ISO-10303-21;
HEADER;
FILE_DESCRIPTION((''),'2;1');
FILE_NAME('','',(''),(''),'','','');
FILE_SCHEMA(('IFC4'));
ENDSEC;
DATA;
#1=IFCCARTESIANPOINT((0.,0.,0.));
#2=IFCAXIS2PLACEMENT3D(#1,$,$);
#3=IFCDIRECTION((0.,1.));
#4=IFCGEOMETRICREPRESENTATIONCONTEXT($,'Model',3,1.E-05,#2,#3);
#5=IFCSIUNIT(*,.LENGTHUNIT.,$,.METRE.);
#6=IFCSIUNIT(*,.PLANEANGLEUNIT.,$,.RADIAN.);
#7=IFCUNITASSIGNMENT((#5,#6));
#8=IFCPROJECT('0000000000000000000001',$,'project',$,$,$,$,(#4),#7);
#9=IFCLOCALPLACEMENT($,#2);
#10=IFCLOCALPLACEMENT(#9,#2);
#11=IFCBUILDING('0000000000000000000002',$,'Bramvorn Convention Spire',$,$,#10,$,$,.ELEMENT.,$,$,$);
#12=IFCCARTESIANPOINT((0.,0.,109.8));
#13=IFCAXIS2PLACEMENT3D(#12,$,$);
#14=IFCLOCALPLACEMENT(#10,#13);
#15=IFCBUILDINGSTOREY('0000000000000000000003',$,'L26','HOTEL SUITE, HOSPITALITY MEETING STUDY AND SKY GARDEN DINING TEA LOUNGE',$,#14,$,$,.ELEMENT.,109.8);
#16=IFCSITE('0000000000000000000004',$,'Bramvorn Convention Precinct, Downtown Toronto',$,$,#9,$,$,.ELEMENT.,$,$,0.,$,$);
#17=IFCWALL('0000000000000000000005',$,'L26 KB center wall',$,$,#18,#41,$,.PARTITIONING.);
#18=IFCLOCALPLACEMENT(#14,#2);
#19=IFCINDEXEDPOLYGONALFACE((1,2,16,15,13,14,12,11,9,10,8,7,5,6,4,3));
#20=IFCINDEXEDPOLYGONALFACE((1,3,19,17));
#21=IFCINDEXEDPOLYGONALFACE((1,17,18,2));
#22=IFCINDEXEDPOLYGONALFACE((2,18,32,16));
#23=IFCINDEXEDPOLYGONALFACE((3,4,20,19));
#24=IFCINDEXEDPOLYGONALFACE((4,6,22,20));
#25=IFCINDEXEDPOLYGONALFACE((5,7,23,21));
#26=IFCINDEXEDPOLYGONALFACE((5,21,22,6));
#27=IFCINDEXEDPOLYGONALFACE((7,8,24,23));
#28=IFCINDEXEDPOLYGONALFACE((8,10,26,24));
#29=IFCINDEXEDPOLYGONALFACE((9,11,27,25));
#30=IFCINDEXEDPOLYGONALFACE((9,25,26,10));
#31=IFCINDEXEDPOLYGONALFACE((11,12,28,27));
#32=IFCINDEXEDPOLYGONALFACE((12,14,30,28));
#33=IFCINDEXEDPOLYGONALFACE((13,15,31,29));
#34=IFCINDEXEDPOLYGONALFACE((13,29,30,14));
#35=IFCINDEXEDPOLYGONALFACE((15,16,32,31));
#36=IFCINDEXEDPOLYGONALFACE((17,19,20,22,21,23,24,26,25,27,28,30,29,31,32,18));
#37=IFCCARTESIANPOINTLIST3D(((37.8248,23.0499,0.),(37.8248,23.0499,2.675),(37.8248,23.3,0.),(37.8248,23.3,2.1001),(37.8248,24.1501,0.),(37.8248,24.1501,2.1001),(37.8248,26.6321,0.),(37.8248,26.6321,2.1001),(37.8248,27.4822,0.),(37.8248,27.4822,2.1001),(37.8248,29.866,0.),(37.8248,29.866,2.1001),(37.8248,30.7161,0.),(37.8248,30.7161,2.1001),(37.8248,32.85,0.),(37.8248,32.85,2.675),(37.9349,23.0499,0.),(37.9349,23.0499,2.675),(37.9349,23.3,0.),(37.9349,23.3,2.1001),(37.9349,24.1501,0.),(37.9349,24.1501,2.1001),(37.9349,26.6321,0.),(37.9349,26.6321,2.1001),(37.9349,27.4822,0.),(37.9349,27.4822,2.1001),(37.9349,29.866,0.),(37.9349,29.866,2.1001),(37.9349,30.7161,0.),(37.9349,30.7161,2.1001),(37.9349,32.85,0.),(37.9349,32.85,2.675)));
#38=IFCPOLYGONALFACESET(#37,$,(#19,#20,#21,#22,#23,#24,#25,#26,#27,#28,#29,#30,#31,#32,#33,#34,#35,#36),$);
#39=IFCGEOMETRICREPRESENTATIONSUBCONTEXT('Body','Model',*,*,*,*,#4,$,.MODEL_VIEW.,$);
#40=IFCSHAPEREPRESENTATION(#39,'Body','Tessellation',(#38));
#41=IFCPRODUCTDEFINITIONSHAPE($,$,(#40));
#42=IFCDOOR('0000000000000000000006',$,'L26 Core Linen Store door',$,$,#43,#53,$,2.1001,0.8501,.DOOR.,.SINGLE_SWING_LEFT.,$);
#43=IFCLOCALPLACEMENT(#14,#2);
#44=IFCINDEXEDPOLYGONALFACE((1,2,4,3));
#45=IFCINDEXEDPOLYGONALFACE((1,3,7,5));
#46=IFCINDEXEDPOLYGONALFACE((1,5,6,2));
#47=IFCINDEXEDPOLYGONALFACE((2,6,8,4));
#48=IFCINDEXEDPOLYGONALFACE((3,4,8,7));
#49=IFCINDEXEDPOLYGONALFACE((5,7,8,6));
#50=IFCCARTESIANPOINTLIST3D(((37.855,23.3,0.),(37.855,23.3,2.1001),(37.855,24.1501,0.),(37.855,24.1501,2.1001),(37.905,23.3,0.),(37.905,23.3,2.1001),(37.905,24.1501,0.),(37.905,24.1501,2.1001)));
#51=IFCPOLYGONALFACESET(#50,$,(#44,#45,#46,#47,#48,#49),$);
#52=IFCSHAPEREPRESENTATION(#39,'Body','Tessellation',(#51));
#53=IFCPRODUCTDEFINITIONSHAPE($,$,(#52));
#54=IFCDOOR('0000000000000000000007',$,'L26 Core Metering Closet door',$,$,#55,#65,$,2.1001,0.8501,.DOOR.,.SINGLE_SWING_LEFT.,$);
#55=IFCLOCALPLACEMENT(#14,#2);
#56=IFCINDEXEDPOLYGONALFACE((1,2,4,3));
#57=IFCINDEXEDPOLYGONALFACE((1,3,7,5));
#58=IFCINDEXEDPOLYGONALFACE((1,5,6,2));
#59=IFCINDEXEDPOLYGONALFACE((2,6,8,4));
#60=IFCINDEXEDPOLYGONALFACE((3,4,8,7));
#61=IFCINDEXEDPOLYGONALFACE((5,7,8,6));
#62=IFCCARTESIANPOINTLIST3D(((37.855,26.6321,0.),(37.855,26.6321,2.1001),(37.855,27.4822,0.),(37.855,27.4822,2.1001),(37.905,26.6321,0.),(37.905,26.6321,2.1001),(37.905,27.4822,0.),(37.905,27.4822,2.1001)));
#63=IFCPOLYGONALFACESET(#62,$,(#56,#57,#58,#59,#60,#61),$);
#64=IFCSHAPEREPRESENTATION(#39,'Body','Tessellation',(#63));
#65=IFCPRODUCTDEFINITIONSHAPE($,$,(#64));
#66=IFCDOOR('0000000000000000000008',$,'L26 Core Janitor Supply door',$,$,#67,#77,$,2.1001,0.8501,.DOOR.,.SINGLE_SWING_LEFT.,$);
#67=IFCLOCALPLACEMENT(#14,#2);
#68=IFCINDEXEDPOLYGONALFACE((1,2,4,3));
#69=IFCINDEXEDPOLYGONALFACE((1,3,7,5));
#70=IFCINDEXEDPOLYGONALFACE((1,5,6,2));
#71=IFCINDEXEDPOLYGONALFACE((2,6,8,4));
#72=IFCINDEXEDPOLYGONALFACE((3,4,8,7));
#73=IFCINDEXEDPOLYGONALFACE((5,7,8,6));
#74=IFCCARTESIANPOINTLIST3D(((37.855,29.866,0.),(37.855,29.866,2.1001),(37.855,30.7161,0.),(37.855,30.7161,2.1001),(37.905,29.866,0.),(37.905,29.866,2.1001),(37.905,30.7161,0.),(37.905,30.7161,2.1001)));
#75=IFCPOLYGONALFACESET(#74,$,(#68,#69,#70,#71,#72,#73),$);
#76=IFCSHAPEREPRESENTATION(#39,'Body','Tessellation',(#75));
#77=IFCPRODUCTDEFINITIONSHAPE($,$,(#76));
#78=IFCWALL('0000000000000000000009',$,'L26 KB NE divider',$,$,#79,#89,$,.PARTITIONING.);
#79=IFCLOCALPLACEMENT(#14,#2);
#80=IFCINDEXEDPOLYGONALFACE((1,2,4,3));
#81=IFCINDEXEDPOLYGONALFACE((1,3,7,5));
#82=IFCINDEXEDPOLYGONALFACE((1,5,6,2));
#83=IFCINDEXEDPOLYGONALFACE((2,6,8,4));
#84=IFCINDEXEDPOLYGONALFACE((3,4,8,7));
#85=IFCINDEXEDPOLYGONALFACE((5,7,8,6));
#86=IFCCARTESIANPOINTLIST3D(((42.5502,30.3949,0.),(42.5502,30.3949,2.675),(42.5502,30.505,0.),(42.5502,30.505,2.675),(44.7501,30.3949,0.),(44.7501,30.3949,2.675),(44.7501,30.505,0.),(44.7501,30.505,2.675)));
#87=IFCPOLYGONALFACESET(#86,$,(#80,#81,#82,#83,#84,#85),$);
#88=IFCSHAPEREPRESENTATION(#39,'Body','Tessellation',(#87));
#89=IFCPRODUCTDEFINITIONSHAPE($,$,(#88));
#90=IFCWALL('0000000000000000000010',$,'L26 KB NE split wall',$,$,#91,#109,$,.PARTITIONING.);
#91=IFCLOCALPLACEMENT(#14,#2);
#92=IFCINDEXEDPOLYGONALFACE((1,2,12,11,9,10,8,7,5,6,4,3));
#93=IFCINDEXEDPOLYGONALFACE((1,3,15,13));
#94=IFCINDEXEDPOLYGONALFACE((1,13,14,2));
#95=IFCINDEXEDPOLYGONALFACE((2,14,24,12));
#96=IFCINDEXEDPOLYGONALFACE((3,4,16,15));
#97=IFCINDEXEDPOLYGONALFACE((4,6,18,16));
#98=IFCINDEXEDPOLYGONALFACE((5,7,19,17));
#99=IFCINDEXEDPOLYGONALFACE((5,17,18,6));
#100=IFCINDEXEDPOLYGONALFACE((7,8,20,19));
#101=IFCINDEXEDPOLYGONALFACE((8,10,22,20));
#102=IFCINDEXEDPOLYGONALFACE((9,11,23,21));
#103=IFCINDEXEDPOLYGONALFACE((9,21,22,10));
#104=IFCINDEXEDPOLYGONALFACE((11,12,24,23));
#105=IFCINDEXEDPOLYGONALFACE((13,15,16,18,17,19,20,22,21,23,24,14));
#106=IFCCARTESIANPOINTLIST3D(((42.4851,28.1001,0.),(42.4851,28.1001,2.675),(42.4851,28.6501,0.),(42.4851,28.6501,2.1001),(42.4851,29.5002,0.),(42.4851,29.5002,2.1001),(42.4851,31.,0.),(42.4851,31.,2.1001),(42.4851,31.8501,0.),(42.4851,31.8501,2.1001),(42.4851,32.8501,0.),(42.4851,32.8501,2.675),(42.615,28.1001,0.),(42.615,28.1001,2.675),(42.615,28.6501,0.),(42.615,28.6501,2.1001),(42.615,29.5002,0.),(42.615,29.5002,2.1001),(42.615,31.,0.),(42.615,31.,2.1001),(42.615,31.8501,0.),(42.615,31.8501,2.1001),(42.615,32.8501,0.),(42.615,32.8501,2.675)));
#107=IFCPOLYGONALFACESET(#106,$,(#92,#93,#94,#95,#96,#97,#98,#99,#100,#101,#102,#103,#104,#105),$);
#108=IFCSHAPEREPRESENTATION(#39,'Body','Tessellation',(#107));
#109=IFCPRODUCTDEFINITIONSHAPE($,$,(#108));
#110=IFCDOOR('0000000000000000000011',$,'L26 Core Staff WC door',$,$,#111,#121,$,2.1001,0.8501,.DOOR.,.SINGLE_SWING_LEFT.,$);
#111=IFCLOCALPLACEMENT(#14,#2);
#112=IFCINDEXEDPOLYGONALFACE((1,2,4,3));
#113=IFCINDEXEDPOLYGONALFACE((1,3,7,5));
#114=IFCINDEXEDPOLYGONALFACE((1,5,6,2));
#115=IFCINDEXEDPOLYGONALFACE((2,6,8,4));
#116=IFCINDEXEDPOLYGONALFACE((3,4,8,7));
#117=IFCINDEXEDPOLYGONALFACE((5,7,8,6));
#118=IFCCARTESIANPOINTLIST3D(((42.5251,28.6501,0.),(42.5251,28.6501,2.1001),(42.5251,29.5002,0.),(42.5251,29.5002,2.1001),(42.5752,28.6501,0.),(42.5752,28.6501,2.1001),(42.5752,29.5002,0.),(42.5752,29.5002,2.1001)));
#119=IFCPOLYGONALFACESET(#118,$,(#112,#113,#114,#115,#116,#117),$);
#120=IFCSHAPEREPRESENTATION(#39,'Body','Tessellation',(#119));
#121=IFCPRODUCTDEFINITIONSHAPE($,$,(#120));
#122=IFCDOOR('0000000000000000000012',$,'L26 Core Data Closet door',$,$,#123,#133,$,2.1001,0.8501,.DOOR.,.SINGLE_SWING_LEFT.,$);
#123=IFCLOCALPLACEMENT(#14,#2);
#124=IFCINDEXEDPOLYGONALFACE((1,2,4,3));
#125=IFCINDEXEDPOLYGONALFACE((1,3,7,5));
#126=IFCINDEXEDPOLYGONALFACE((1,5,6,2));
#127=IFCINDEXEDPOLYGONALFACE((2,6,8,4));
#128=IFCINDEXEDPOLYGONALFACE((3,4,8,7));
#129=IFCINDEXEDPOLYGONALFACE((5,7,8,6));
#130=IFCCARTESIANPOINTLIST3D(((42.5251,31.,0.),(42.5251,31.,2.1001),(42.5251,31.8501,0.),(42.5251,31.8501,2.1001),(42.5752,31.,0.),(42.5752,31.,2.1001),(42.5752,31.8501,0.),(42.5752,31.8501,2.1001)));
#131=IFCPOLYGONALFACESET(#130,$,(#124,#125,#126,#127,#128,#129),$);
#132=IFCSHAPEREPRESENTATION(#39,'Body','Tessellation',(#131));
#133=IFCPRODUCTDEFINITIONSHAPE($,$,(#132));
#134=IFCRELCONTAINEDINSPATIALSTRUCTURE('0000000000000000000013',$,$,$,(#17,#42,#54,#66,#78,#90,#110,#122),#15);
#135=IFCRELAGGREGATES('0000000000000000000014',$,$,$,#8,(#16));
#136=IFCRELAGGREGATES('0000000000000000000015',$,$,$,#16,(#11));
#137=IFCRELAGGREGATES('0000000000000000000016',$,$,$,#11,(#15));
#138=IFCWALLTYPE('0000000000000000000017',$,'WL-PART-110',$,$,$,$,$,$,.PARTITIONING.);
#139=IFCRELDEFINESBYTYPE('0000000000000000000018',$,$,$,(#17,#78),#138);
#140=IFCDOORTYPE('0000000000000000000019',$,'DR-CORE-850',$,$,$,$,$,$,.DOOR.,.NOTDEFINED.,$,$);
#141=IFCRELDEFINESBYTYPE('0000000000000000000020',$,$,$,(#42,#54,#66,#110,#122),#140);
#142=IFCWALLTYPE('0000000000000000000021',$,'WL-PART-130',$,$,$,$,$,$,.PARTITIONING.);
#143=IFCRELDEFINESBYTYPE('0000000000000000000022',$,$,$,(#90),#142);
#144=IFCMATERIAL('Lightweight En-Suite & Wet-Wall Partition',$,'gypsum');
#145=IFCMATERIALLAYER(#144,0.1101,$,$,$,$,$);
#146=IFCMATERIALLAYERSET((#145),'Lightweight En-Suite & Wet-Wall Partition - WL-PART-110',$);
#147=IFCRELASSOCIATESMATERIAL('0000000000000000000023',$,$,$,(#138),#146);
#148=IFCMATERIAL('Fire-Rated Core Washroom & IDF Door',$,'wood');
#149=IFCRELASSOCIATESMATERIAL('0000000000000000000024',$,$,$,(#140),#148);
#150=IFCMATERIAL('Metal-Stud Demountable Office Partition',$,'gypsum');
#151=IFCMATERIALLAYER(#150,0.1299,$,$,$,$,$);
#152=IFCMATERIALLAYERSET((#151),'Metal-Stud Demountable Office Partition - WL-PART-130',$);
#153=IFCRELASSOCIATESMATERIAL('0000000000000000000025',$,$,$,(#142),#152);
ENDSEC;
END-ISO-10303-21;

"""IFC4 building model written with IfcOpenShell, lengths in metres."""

from ifc_helpers import new_model, si_unit, direction, frame, frame_2d, origin, place, context, subcontext, project, spatial, rectangle, extrude, material, layer, layer_set, type_object, element, fill, save


model = new_model("IFC4")

# Units and contexts
model_context = context("Model", 3, precision=1e-05, world=origin(), true_north=direction((0.0, 1.0)))
body_context = subcontext(model_context, "Body", "Model", "MODEL_VIEW")
ifc_project = project(units=[si_unit("LENGTHUNIT", "METRE"), si_unit("PLANEANGLEUNIT", "RADIAN")], contexts=[model_context])

# Site, building, storey
site_placement = place(None, origin())
site = spatial("IfcSite", under=ifc_project, at=site_placement, Name="Bramvorn Convention Precinct, Downtown Toronto", CompositionType="ELEMENT", RefElevation=0.0)
building_placement = place(site_placement, origin())
building = spatial("IfcBuilding", under=site, at=building_placement, Name="Bramvorn Convention Spire", CompositionType="ELEMENT")
storey_placement = place(building_placement, frame((0.0, 0.0, 109.8)))
storey = spatial("IfcBuildingStorey", under=building, at=storey_placement, Name="L26", Description="HOTEL SUITE, HOSPITALITY MEETING STUDY AND SKY GARDEN DINING TEA LOUNGE", CompositionType="ELEMENT", Elevation=109.8)

# Wall, openings, doors
ifc_material_1 = material(Name="Lightweight En-Suite & Wet-Wall Partition", Category="gypsum")
ifc_layer_1 = layer(ifc_material_1, 0.1101)
ifc_layer_set_1 = layer_set([ifc_layer_1], Name="Lightweight En-Suite & Wet-Wall Partition - WL-PART-110")
wall_type_1 = type_object("IfcWallType", Name="WL-PART-110", PredefinedType="PARTITIONING", material=ifc_layer_set_1)
wall_1_placement = place(storey_placement, frame((37.8799, 23.05, 0.0), z_axis=(0.0, 0.0, 1.0), x_axis=(0.0, 1.0, 0.0)))
wall_1 = element("IfcWall", 1, at=wall_1_placement, inside=storey, type_object=wall_type_1, Name="L26 KB center wall", PredefinedType="PARTITIONING", context=body_context, shape_type="SweptSolid", body=[
    extrude(rectangle(XDim=9.8, YDim=0.1101, at=frame_2d((4.8999, 0.0))), origin(), (0.0, 0.0, 1.0), 2.675),
])
opening_1_placement = place(wall_1_placement, frame((0.25, 0.0, 0.0)))
opening_1 = element("IfcOpeningElement", 2, at=opening_1_placement, cuts=wall_1, PredefinedType="OPENING", context=body_context, shape_type="SweptSolid", body=[
    extrude(rectangle(XDim=0.8501, YDim=2.1001, at=frame_2d((0.425, 1.05))), frame((0.0, 0.0649, 0.0), z_axis=(0.0, -1.0, 0.0), x_axis=(1.0, 0.0, 0.0)), (0.0, 0.0, 1.0), 0.1301),
])
opening_2_placement = place(wall_1_placement, frame((3.582, 0.0, 0.0)))
opening_2 = element("IfcOpeningElement", 3, at=opening_2_placement, cuts=wall_1, PredefinedType="OPENING", context=body_context, shape_type="SweptSolid", body=[
    extrude(rectangle(XDim=0.8501, YDim=2.1001, at=frame_2d((0.425, 1.05))), frame((0.0, 0.0649, 0.0), z_axis=(0.0, -1.0, 0.0), x_axis=(1.0, 0.0, 0.0)), (0.0, 0.0, 1.0), 0.1301),
])
opening_3_placement = place(wall_1_placement, frame((6.8159, 0.0, 0.0)))
opening_3 = element("IfcOpeningElement", 4, at=opening_3_placement, cuts=wall_1, PredefinedType="OPENING", context=body_context, shape_type="SweptSolid", body=[
    extrude(rectangle(XDim=0.8501, YDim=2.1001, at=frame_2d((0.425, 1.05))), frame((0.0, 0.0649, 0.0), z_axis=(0.0, -1.0, 0.0), x_axis=(1.0, 0.0, 0.0)), (0.0, 0.0, 1.0), 0.1301),
])
ifc_material_2 = material(Name="Fire-Rated Core Washroom & IDF Door", Category="wood")
door_type_1 = type_object("IfcDoorType", Name="DR-CORE-850", OperationType="NOTDEFINED", PredefinedType="DOOR", material=ifc_material_2)
door_1_placement = place(opening_1_placement, origin())
door_1 = element("IfcDoor", 5, at=door_1_placement, inside=storey, type_object=door_type_1, Name="L26 Core Linen Store door", OperationType="SINGLE_SWING_LEFT", OverallHeight=2.1001, OverallWidth=0.8501, PredefinedType="DOOR", context=body_context, shape_type="SweptSolid", body=[
    extrude(rectangle(XDim=0.8501, YDim=2.1001, at=frame_2d((0.425, 1.05))), frame((0.0, 0.0249, 0.0), z_axis=(0.0, -1.0, 0.0), x_axis=(1.0, 0.0, 0.0)), (0.0, 0.0, 1.0), 0.05),
])
fill(opening_1, door_1)
door_2_placement = place(opening_2_placement, origin())
door_2 = element("IfcDoor", 6, at=door_2_placement, inside=storey, type_object=door_type_1, Name="L26 Core Metering Closet door", OperationType="SINGLE_SWING_LEFT", OverallHeight=2.1001, OverallWidth=0.8501, PredefinedType="DOOR", context=body_context, shape_type="SweptSolid", body=[
    extrude(rectangle(XDim=0.8501, YDim=2.1001, at=frame_2d((0.425, 1.05))), frame((0.0, 0.0249, 0.0), z_axis=(0.0, -1.0, 0.0), x_axis=(1.0, 0.0, 0.0)), (0.0, 0.0, 1.0), 0.05),
])
fill(opening_2, door_2)
door_3_placement = place(opening_3_placement, origin())
door_3 = element("IfcDoor", 7, at=door_3_placement, inside=storey, type_object=door_type_1, Name="L26 Core Janitor Supply door", OperationType="SINGLE_SWING_LEFT", OverallHeight=2.1001, OverallWidth=0.8501, PredefinedType="DOOR", context=body_context, shape_type="SweptSolid", body=[
    extrude(rectangle(XDim=0.8501, YDim=2.1001, at=frame_2d((0.425, 1.05))), frame((0.0, 0.0249, 0.0), z_axis=(0.0, -1.0, 0.0), x_axis=(1.0, 0.0, 0.0)), (0.0, 0.0, 1.0), 0.05),
])
fill(opening_3, door_3)

# Wall
wall_2_placement = place(storey_placement, frame((42.55, 30.45, 0.0), z_axis=(0.0, 0.0, 1.0), x_axis=(1.0, 0.0, 0.0)))
element("IfcWall", 8, at=wall_2_placement, inside=storey, type_object=wall_type_1, Name="L26 KB NE divider", PredefinedType="PARTITIONING", context=body_context, shape_type="SweptSolid", body=[
    extrude(rectangle(XDim=2.2, YDim=0.1101, at=frame_2d((1.1001, 0.0))), origin(), (0.0, 0.0, 1.0), 2.675),
])

# Wall, openings, doors
ifc_material_3 = material(Name="Metal-Stud Demountable Office Partition", Category="gypsum")
ifc_layer_2 = layer(ifc_material_3, 0.1299)
ifc_layer_set_2 = layer_set([ifc_layer_2], Name="Metal-Stud Demountable Office Partition - WL-PART-130")
wall_type_2 = type_object("IfcWallType", Name="WL-PART-130", PredefinedType="PARTITIONING", material=ifc_layer_set_2)
wall_3_placement = place(storey_placement, frame((42.55, 28.1001, 0.0), z_axis=(0.0, 0.0, 1.0), x_axis=(0.0, 1.0, 0.0)))
wall_3 = element("IfcWall", 9, at=wall_3_placement, inside=storey, type_object=wall_type_2, Name="L26 KB NE split wall", PredefinedType="PARTITIONING", context=body_context, shape_type="SweptSolid", body=[
    extrude(rectangle(XDim=4.75, YDim=0.1299, at=frame_2d((2.375, 0.0))), origin(), (0.0, 0.0, 1.0), 2.675),
])
opening_4_placement = place(wall_3_placement, frame((0.55, 0.0, 0.0)))
opening_4 = element("IfcOpeningElement", 10, at=opening_4_placement, cuts=wall_3, PredefinedType="OPENING", context=body_context, shape_type="SweptSolid", body=[
    extrude(rectangle(XDim=0.8501, YDim=2.1001, at=frame_2d((0.425, 1.05))), frame((0.0, 0.075, 0.0), z_axis=(0.0, -1.0, 0.0), x_axis=(1.0, 0.0, 0.0)), (0.0, 0.0, 1.0), 0.1499),
])
opening_5_placement = place(wall_3_placement, frame((2.8999, 0.0, 0.0)))
opening_5 = element("IfcOpeningElement", 11, at=opening_5_placement, cuts=wall_3, PredefinedType="OPENING", context=body_context, shape_type="SweptSolid", body=[
    extrude(rectangle(XDim=0.8501, YDim=2.1001, at=frame_2d((0.425, 1.05))), frame((0.0, 0.075, 0.0), z_axis=(0.0, -1.0, 0.0), x_axis=(1.0, 0.0, 0.0)), (0.0, 0.0, 1.0), 0.1499),
])
door_4_placement = place(opening_4_placement, origin())
door_4 = element("IfcDoor", 12, at=door_4_placement, inside=storey, type_object=door_type_1, Name="L26 Core Staff WC door", OperationType="SINGLE_SWING_LEFT", OverallHeight=2.1001, OverallWidth=0.8501, PredefinedType="DOOR", context=body_context, shape_type="SweptSolid", body=[
    extrude(rectangle(XDim=0.8501, YDim=2.1001, at=frame_2d((0.425, 1.05))), frame((0.0, 0.0249, 0.0), z_axis=(0.0, -1.0, 0.0), x_axis=(1.0, 0.0, 0.0)), (0.0, 0.0, 1.0), 0.05),
])
fill(opening_4, door_4)
door_5_placement = place(opening_5_placement, origin())
door_5 = element("IfcDoor", 13, at=door_5_placement, inside=storey, type_object=door_type_1, Name="L26 Core Data Closet door", OperationType="SINGLE_SWING_LEFT", OverallHeight=2.1001, OverallWidth=0.8501, PredefinedType="DOOR", context=body_context, shape_type="SweptSolid", body=[
    extrude(rectangle(XDim=0.8501, YDim=2.1001, at=frame_2d((0.425, 1.05))), frame((0.0, 0.0249, 0.0), z_axis=(0.0, -1.0, 0.0), x_axis=(1.0, 0.0, 0.0)), (0.0, 0.0, 1.0), 0.05),
])
fill(opening_5, door_5)

save(model, "model.ifc")
